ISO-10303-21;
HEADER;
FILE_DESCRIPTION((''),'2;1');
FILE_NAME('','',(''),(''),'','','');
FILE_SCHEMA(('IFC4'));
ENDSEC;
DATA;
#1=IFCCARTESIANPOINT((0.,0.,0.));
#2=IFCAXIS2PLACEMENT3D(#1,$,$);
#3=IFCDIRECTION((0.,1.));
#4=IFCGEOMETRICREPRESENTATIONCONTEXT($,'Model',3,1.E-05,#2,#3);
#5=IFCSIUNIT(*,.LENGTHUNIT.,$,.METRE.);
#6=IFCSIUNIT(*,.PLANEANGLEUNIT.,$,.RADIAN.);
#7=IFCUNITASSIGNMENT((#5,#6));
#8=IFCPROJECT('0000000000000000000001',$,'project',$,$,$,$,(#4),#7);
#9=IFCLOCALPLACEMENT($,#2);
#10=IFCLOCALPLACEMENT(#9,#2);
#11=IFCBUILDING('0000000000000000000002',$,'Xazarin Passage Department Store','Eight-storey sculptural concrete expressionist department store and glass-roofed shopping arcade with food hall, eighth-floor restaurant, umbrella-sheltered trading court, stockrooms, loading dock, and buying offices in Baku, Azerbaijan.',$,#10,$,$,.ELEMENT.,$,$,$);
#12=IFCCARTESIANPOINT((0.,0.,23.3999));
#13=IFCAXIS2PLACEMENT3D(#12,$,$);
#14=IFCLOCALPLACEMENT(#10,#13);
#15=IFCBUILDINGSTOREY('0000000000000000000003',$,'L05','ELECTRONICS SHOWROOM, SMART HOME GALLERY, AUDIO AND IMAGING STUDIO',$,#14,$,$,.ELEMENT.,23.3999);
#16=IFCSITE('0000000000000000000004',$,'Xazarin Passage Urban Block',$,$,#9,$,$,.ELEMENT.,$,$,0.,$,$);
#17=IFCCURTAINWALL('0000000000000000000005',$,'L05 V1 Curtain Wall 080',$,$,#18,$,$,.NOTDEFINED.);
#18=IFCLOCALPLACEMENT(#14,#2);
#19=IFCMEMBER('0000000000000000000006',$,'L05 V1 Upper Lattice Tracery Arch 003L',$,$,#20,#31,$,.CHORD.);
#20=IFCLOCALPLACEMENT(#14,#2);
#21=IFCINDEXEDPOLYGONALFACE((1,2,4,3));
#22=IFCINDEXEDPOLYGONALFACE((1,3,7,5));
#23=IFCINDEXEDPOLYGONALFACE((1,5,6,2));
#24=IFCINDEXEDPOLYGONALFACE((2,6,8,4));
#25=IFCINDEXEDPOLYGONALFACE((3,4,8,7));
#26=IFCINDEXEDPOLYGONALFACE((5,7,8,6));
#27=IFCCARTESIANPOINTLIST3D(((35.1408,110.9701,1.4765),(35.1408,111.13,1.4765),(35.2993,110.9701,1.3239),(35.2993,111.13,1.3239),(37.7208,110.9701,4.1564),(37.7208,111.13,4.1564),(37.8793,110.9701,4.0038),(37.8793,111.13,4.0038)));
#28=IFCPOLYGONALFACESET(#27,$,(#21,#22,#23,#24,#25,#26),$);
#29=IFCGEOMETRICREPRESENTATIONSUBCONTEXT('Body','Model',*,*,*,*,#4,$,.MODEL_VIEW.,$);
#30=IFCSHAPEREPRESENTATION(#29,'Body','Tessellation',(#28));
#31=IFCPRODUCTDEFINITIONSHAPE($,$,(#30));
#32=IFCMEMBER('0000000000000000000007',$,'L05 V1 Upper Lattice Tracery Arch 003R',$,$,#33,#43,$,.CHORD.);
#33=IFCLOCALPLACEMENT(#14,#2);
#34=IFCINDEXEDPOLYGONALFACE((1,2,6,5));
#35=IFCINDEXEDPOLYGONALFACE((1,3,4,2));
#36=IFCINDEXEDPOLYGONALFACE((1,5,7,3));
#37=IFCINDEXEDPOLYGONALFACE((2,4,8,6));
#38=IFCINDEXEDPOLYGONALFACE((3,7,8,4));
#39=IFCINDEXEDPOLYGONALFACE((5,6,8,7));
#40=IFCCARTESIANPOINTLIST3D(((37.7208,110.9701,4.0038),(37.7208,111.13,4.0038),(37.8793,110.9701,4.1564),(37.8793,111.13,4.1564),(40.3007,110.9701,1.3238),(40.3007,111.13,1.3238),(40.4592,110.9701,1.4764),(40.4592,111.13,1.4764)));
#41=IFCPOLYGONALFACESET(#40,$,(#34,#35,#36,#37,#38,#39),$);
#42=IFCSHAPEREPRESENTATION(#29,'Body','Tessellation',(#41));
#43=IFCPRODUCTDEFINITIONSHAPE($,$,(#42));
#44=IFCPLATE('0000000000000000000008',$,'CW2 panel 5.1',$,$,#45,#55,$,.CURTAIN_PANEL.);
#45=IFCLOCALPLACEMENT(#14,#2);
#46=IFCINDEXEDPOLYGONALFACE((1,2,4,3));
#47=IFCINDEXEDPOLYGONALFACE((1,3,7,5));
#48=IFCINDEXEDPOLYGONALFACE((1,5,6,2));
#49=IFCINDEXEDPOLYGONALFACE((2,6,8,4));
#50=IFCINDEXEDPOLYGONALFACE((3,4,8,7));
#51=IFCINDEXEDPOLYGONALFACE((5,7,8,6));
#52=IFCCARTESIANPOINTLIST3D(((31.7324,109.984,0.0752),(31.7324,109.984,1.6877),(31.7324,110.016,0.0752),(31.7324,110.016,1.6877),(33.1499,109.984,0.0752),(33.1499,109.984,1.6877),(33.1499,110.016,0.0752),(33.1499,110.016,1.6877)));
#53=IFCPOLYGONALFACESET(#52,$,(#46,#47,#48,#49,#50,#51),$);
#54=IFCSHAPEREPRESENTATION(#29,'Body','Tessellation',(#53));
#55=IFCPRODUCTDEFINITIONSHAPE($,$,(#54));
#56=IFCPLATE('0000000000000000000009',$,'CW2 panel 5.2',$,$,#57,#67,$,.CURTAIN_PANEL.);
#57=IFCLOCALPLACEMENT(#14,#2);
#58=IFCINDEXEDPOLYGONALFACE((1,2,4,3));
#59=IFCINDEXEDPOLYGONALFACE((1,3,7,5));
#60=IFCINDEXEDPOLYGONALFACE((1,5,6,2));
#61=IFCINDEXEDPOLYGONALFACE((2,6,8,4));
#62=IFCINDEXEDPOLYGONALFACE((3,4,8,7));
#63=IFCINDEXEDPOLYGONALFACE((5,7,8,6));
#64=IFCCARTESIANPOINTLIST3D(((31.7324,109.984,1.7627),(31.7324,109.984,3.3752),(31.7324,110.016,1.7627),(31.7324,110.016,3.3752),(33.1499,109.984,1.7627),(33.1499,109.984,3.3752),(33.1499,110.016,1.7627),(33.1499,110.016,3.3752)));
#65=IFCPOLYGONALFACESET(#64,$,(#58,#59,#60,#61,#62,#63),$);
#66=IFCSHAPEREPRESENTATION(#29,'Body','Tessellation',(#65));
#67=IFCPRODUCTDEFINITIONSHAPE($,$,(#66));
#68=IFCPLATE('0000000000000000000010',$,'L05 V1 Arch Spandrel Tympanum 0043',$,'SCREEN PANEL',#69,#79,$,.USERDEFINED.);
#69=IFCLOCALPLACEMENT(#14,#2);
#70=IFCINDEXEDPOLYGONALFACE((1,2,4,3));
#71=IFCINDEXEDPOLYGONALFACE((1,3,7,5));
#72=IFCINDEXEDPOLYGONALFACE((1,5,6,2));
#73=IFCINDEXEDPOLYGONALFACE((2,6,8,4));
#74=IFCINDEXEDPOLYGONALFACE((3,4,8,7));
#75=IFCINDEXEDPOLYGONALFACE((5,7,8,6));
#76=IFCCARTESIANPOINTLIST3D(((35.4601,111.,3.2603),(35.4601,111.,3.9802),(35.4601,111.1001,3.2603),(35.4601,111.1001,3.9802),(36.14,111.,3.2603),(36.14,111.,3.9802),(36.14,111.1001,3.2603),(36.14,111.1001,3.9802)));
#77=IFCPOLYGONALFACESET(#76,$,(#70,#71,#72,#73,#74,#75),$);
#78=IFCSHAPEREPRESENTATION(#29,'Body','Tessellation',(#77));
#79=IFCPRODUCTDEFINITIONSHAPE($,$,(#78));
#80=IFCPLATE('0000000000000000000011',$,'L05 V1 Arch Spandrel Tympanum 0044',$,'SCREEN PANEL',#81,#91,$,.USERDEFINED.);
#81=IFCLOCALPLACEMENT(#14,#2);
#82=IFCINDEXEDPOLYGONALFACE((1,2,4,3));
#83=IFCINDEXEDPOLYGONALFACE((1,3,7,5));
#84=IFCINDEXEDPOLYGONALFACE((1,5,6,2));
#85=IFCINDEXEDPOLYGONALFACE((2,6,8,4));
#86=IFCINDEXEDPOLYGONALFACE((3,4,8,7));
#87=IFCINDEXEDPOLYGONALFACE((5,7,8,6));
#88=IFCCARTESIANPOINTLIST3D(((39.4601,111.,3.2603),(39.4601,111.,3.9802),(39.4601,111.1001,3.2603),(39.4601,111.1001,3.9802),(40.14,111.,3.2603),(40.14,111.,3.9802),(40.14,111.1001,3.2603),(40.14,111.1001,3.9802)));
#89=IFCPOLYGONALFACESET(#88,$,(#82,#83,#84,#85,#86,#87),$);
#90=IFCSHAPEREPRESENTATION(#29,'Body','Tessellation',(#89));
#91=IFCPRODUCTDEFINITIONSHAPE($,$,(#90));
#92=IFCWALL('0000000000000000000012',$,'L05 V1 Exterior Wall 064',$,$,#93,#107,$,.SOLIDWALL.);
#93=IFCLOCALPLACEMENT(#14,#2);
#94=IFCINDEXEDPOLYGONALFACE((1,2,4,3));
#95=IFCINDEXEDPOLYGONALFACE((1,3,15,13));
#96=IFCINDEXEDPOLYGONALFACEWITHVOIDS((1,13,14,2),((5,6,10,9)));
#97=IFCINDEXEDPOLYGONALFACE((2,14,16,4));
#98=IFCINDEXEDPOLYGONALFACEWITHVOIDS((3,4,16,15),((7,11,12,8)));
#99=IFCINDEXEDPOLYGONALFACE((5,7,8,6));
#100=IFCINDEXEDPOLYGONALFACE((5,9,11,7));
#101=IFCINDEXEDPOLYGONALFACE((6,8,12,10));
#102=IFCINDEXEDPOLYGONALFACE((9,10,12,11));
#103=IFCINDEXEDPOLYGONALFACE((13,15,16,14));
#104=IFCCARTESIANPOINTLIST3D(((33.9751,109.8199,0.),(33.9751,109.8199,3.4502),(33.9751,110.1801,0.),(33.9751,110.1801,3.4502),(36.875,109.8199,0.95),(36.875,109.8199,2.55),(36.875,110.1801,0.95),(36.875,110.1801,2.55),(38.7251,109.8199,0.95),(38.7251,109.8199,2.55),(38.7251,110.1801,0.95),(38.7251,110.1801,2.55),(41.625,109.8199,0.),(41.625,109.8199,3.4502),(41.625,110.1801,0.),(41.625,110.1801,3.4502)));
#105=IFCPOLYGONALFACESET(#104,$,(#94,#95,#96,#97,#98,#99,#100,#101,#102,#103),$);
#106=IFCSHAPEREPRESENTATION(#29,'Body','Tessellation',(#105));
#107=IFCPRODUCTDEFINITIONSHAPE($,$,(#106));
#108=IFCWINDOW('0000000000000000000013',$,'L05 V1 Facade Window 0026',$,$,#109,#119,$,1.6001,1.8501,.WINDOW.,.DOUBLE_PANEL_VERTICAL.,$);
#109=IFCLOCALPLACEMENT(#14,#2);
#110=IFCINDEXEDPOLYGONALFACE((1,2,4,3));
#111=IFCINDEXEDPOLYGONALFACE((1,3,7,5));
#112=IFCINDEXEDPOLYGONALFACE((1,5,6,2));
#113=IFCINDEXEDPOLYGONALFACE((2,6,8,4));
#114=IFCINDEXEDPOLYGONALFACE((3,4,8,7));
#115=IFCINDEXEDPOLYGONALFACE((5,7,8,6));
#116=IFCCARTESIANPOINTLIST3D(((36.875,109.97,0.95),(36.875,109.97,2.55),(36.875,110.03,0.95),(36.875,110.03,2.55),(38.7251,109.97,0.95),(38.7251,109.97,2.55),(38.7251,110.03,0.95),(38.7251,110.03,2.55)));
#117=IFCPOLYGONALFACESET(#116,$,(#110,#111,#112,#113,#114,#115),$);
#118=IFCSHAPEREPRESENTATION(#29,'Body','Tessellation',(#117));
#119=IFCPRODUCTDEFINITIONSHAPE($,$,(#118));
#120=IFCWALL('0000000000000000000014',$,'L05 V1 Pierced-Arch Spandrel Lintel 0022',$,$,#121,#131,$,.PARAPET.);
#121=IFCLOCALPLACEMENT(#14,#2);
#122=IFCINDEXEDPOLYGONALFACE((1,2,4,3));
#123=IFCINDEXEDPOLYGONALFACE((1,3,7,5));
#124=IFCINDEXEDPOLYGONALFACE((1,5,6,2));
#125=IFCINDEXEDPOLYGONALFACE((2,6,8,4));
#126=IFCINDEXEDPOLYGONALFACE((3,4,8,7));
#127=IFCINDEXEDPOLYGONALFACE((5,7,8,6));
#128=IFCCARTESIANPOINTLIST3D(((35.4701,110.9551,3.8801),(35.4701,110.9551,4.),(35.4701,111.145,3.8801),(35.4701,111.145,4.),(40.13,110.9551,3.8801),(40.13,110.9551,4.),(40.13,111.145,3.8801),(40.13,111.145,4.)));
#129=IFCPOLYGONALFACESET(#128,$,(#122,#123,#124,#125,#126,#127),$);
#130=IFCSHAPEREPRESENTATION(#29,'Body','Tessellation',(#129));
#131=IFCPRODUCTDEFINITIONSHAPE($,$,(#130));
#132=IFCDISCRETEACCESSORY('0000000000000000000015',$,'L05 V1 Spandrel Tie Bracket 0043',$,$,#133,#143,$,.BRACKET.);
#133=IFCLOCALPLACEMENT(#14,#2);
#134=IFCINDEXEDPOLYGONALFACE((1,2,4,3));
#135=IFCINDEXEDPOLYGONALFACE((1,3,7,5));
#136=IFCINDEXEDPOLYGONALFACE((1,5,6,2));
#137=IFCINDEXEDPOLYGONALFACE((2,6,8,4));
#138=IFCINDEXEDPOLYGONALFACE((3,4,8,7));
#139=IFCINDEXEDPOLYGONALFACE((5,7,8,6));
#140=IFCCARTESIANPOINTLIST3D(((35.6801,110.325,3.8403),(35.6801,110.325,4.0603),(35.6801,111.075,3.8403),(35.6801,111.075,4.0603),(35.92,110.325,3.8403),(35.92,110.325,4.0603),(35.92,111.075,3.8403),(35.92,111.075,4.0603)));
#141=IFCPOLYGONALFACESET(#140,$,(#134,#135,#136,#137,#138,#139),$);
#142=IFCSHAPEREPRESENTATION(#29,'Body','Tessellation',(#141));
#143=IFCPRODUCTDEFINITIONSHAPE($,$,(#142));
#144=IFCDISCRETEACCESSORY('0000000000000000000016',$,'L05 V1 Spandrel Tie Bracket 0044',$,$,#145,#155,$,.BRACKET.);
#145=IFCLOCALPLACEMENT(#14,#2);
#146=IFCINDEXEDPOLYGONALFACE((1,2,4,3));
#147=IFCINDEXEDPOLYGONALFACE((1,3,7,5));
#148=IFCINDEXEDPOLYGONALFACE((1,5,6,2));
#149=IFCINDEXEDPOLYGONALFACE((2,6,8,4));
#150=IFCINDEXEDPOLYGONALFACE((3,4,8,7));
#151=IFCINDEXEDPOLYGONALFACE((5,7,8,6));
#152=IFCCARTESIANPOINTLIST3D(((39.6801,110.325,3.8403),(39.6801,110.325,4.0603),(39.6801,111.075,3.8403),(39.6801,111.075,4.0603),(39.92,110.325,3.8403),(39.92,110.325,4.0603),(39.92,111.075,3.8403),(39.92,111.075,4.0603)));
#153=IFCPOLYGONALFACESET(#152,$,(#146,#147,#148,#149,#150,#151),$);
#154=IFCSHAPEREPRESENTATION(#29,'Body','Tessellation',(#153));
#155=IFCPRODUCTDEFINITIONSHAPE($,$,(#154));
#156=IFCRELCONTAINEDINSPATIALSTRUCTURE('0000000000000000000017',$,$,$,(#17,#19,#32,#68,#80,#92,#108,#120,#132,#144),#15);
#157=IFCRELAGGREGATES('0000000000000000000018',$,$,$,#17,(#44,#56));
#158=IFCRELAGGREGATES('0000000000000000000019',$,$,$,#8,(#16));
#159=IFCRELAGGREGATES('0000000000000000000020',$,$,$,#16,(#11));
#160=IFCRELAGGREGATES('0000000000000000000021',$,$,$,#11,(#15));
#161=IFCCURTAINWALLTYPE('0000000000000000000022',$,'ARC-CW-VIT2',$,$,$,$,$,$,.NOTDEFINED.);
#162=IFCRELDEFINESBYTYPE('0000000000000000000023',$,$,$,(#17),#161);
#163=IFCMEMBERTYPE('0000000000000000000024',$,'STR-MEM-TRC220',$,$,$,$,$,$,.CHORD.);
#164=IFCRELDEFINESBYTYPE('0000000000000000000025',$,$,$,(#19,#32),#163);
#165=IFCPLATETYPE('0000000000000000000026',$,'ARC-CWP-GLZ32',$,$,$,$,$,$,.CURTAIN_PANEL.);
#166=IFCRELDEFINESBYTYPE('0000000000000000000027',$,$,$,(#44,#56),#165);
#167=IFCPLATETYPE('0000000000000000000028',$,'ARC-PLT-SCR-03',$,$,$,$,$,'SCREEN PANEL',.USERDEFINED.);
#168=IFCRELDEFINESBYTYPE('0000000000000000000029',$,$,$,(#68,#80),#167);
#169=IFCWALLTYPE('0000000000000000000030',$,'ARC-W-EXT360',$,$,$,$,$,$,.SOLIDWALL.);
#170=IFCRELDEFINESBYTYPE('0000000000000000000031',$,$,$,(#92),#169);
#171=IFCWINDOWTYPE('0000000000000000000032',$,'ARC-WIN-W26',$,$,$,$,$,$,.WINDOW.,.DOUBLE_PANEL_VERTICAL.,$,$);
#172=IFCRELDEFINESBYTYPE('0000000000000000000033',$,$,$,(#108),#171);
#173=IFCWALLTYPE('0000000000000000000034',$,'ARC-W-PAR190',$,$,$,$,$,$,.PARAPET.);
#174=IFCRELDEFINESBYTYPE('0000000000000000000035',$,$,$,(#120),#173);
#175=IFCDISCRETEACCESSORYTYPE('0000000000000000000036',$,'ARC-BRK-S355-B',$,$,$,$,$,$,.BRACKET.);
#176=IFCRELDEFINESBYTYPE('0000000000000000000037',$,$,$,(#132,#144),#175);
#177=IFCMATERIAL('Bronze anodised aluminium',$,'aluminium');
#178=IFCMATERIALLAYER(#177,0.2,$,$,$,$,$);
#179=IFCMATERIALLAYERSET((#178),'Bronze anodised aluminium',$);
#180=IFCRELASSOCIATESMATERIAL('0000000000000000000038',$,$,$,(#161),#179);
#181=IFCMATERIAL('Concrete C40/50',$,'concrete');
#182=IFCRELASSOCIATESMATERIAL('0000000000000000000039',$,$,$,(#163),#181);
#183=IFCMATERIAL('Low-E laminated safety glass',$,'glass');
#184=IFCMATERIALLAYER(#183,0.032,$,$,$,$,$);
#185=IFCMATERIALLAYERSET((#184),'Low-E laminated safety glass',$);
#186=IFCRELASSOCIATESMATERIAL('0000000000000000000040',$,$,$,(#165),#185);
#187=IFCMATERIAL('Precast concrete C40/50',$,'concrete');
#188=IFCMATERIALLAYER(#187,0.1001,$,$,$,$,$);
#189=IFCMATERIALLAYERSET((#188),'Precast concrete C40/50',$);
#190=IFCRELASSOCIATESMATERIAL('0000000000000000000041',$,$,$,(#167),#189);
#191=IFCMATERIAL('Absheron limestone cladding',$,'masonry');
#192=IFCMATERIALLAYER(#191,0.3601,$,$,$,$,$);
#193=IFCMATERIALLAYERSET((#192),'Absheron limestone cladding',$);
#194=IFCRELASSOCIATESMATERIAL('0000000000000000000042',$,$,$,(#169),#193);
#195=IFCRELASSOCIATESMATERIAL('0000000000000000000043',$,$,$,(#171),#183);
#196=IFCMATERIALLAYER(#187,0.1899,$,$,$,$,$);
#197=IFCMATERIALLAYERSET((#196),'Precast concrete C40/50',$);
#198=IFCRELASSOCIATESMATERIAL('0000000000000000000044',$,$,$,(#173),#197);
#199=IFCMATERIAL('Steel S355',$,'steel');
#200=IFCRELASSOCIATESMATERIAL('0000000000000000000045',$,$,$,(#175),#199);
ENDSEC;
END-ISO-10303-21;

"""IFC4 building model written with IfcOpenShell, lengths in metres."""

from ifc_helpers import new_model, si_unit, direction, frame, frame_2d, origin, origin_2d, place, context, subcontext, project, spatial, rectangle, extrude, material, layer, layer_set, material_profile, profile_set, type_object, element, fill, aggregate, save


model = new_model("IFC4")

# Units and contexts
model_context = context("Model", 3, precision=1e-05, world=origin(), true_north=direction((0.0, 1.0)))
body_context = subcontext(model_context, "Body", "Model", "MODEL_VIEW")
ifc_project = project(units=[si_unit("LENGTHUNIT", "METRE"), si_unit("PLANEANGLEUNIT", "RADIAN")], contexts=[model_context])

# Site, building, storey
site_placement = place(None, origin())
site = spatial("IfcSite", under=ifc_project, at=site_placement, Name="Xazarin Passage Urban Block", CompositionType="ELEMENT", RefElevation=0.0)
building_placement = place(site_placement, origin())
building = spatial("IfcBuilding", under=site, at=building_placement, Name="Xazarin Passage Department Store", Description="Eight-storey sculptural concrete expressionist department store and glass-roofed shopping arcade with food hall, eighth-floor restaurant, umbrella-sheltered trading court, stockrooms, loading dock, and buying offices in Baku, Azerbaijan.", CompositionType="ELEMENT")
storey_placement = place(building_placement, frame((0.0, 0.0, 23.3999)))
storey = spatial("IfcBuildingStorey", under=building, at=storey_placement, Name="L05", Description="ELECTRONICS SHOWROOM, SMART HOME GALLERY, AUDIO AND IMAGING STUDIO", CompositionType="ELEMENT", Elevation=23.3999)

# Shared definitions
ifc_material_1 = material(Name="Concrete C40/50", Category="concrete")

# Curtain wall
ifc_material_2 = material(Name="Bronze anodised aluminium", Category="aluminium")
ifc_layer_1 = layer(ifc_material_2, 0.2)
ifc_layer_set_1 = layer_set([ifc_layer_1], Name="Bronze anodised aluminium")
curtain_wall_type = type_object("IfcCurtainWallType", Name="ARC-CW-VIT2", PredefinedType="NOTDEFINED", material=ifc_layer_set_1)
curtain_wall_placement = place(storey_placement, origin())
curtain_wall = element("IfcCurtainWall", 1, at=curtain_wall_placement, inside=storey, type_object=curtain_wall_type, Name="L05 V1 Curtain Wall 080", PredefinedType="NOTDEFINED")

# Members
ifc_material_profile_1 = material_profile(ifc_material_1, rectangle(XDim=0.1599, YDim=0.22, at=origin_2d()), Name="RC 160x220")
ifc_profile_set_1 = profile_set([ifc_material_profile_1], Name="Concrete C40/50")
member_type_1 = type_object("IfcMemberType", Name="STR-MEM-TRC220", PredefinedType="CHORD", material=ifc_profile_set_1)
for number, where, z_axis, x_axis, name in (
    (2, (37.8, 111.05, 4.0801), (-0.693558, 0.0, -0.7204), (0.0, -1.0, 0.0), "L05 V1 Upper Lattice Tracery Arch 003L"),
    (3, (37.8, 111.05, 4.0801), (0.693524, 0.0, -0.720433), (0.0, 1.0, 0.0), "L05 V1 Upper Lattice Tracery Arch 003R"),
):
    element("IfcMember", number, at=place(storey_placement, frame(where, z_axis=z_axis, x_axis=x_axis)), inside=storey, type_object=member_type_1, Name=name, PredefinedType="CHORD", context=body_context, shape_type="SweptSolid", body=[
        extrude(rectangle(XDim=0.1599, YDim=0.22, at=origin_2d()), origin(), (0.0, 0.0, 1.0), 3.72),
    ])

# Plates
ifc_material_3 = material(Name="Low-E laminated safety glass", Category="glass")
ifc_layer_2 = layer(ifc_material_3, 0.032)
ifc_layer_set_2 = layer_set([ifc_layer_2], Name="Low-E laminated safety glass")
plate_type_1 = type_object("IfcPlateType", Name="ARC-CWP-GLZ32", PredefinedType="CURTAIN_PANEL", material=ifc_layer_set_2)
plate_1_placement = place(storey_placement, frame((32.4412, 110.0, 0.0752), z_axis=(0.0, 0.0, 1.0), x_axis=(1.0, 0.0, 0.0)))
plate_1 = element("IfcPlate", 4, at=plate_1_placement, type_object=plate_type_1, Name="CW2 panel 5.1", PredefinedType="CURTAIN_PANEL", context=body_context, shape_type="SweptSolid", body=[
    extrude(rectangle(XDim=1.4175, YDim=0.032, at=origin_2d()), origin(), (0.0, 0.0, 1.0), 1.6125),
])
plate_2_placement = place(storey_placement, frame((32.4412, 110.0, 1.7627), z_axis=(0.0, 0.0, 1.0), x_axis=(1.0, 0.0, 0.0)))
plate_2 = element("IfcPlate", 5, at=plate_2_placement, type_object=plate_type_1, Name="CW2 panel 5.2", PredefinedType="CURTAIN_PANEL", context=body_context, shape_type="SweptSolid", body=[
    extrude(rectangle(XDim=1.4175, YDim=0.032, at=origin_2d()), origin(), (0.0, 0.0, 1.0), 1.6125),
])
aggregate(curtain_wall, [plate_1, plate_2])

# Plates
ifc_material_4 = material(Name="Precast concrete C40/50", Category="concrete")
ifc_layer_3 = layer(ifc_material_4, 0.1001)
ifc_layer_set_3 = layer_set([ifc_layer_3], Name="Precast concrete C40/50")
plate_type_2 = type_object("IfcPlateType", Name="ARC-PLT-SCR-03", ElementType="SCREEN PANEL", PredefinedType="USERDEFINED", material=ifc_layer_set_3)
for number, where, z_axis, x_axis, name in (
    (6, (35.8, 111.05, 3.2603), (0.0, 0.0, 1.0), (1.0, 0.0, 0.0), "L05 V1 Arch Spandrel Tympanum 0043"),
    (7, (39.8, 111.05, 3.2603), (0.0, 0.0, 1.0), (1.0, 0.0, 0.0), "L05 V1 Arch Spandrel Tympanum 0044"),
):
    element("IfcPlate", number, at=place(storey_placement, frame(where, z_axis=z_axis, x_axis=x_axis)), inside=storey, type_object=plate_type_2, Name=name, ObjectType="SCREEN PANEL", PredefinedType="USERDEFINED", context=body_context, shape_type="SweptSolid", body=[
        extrude(rectangle(XDim=0.6799, YDim=0.1001, at=origin_2d()), origin(), (0.0, 0.0, 1.0), 0.72),
    ])

# Wall, opening, window
ifc_material_5 = material(Name="Absheron limestone cladding", Category="masonry")
ifc_layer_4 = layer(ifc_material_5, 0.3601)
ifc_layer_set_4 = layer_set([ifc_layer_4], Name="Absheron limestone cladding")
wall_type_1 = type_object("IfcWallType", Name="ARC-W-EXT360", PredefinedType="SOLIDWALL", material=ifc_layer_set_4)
wall_1_placement = place(storey_placement, frame((33.9751, 110.0, 0.0), z_axis=(0.0, 0.0, 1.0), x_axis=(1.0, 0.0, 0.0)))
wall_1 = element("IfcWall", 8, at=wall_1_placement, inside=storey, type_object=wall_type_1, Name="L05 V1 Exterior Wall 064", PredefinedType="SOLIDWALL", context=body_context, shape_type="SweptSolid", body=[
    extrude(rectangle(XDim=7.6499, YDim=0.3601, at=frame_2d((3.825, 0.0))), origin(), (0.0, 0.0, 1.0), 3.4502),
])
opening_placement = place(wall_1_placement, frame((2.8999, 0.0, 0.95)))
opening = element("IfcOpeningElement", 9, at=opening_placement, cuts=wall_1, PredefinedType="OPENING", context=body_context, shape_type="SweptSolid", body=[
    extrude(rectangle(XDim=1.8501, YDim=1.6001, at=frame_2d((0.925, 0.8))), frame((0.0, 0.1899, 0.0), z_axis=(0.0, -1.0, 0.0), x_axis=(1.0, 0.0, 0.0)), (0.0, 0.0, 1.0), 0.3801),
])
window_type = type_object("IfcWindowType", Name="ARC-WIN-W26", PartitioningType="DOUBLE_PANEL_VERTICAL", PredefinedType="WINDOW", material=ifc_material_3)
window_placement = place(opening_placement, origin())
window = element("IfcWindow", 10, at=window_placement, inside=storey, type_object=window_type, Name="L05 V1 Facade Window 0026", OverallHeight=1.6001, OverallWidth=1.8501, PartitioningType="DOUBLE_PANEL_VERTICAL", PredefinedType="WINDOW", context=body_context, shape_type="SweptSolid", body=[
    extrude(rectangle(XDim=1.8501, YDim=1.6001, at=frame_2d((0.925, 0.8))), frame((0.0, 0.03, 0.0), z_axis=(0.0, -1.0, 0.0), x_axis=(1.0, 0.0, 0.0)), (0.0, 0.0, 1.0), 0.0601),
])
fill(opening, window)

# Wall
ifc_layer_5 = layer(ifc_material_4, 0.1899)
ifc_layer_set_5 = layer_set([ifc_layer_5], Name="Precast concrete C40/50")
wall_type_2 = type_object("IfcWallType", Name="ARC-W-PAR190", PredefinedType="PARAPET", material=ifc_layer_set_5)
wall_2_placement = place(storey_placement, frame((35.47, 111.05, 3.8801), z_axis=(0.0, 0.0, 1.0), x_axis=(1.0, 0.0, 0.0)))
element("IfcWall", 11, at=wall_2_placement, inside=storey, type_object=wall_type_2, Name="L05 V1 Pierced-Arch Spandrel Lintel 0022", PredefinedType="PARAPET", context=body_context, shape_type="SweptSolid", body=[
    extrude(rectangle(XDim=4.6599, YDim=0.1899, at=frame_2d((2.3301, 0.0))), origin(), (0.0, 0.0, 1.0), 0.1199),
])

# Discrete accessories
ifc_material_6 = material(Name="Steel S355", Category="steel")
discrete_accessory_type = type_object("IfcDiscreteAccessoryType", Name="ARC-BRK-S355-B", PredefinedType="BRACKET", material=ifc_material_6)
for number, where, z_axis, x_axis, name in (
    (12, (35.8, 110.7, 3.8403), (0.0, 0.0, 1.0), (1.0, 0.0, 0.0), "L05 V1 Spandrel Tie Bracket 0043"),
    (13, (39.8, 110.7, 3.8403), (0.0, 0.0, 1.0), (1.0, 0.0, 0.0), "L05 V1 Spandrel Tie Bracket 0044"),
):
    element("IfcDiscreteAccessory", number, at=place(storey_placement, frame(where, z_axis=z_axis, x_axis=x_axis)), inside=storey, type_object=discrete_accessory_type, Name=name, PredefinedType="BRACKET", context=body_context, shape_type="SweptSolid", body=[
        extrude(rectangle(XDim=0.24, YDim=0.75, at=origin_2d()), origin(), (0.0, 0.0, 1.0), 0.22),
    ])

save(model, "model.ifc")
